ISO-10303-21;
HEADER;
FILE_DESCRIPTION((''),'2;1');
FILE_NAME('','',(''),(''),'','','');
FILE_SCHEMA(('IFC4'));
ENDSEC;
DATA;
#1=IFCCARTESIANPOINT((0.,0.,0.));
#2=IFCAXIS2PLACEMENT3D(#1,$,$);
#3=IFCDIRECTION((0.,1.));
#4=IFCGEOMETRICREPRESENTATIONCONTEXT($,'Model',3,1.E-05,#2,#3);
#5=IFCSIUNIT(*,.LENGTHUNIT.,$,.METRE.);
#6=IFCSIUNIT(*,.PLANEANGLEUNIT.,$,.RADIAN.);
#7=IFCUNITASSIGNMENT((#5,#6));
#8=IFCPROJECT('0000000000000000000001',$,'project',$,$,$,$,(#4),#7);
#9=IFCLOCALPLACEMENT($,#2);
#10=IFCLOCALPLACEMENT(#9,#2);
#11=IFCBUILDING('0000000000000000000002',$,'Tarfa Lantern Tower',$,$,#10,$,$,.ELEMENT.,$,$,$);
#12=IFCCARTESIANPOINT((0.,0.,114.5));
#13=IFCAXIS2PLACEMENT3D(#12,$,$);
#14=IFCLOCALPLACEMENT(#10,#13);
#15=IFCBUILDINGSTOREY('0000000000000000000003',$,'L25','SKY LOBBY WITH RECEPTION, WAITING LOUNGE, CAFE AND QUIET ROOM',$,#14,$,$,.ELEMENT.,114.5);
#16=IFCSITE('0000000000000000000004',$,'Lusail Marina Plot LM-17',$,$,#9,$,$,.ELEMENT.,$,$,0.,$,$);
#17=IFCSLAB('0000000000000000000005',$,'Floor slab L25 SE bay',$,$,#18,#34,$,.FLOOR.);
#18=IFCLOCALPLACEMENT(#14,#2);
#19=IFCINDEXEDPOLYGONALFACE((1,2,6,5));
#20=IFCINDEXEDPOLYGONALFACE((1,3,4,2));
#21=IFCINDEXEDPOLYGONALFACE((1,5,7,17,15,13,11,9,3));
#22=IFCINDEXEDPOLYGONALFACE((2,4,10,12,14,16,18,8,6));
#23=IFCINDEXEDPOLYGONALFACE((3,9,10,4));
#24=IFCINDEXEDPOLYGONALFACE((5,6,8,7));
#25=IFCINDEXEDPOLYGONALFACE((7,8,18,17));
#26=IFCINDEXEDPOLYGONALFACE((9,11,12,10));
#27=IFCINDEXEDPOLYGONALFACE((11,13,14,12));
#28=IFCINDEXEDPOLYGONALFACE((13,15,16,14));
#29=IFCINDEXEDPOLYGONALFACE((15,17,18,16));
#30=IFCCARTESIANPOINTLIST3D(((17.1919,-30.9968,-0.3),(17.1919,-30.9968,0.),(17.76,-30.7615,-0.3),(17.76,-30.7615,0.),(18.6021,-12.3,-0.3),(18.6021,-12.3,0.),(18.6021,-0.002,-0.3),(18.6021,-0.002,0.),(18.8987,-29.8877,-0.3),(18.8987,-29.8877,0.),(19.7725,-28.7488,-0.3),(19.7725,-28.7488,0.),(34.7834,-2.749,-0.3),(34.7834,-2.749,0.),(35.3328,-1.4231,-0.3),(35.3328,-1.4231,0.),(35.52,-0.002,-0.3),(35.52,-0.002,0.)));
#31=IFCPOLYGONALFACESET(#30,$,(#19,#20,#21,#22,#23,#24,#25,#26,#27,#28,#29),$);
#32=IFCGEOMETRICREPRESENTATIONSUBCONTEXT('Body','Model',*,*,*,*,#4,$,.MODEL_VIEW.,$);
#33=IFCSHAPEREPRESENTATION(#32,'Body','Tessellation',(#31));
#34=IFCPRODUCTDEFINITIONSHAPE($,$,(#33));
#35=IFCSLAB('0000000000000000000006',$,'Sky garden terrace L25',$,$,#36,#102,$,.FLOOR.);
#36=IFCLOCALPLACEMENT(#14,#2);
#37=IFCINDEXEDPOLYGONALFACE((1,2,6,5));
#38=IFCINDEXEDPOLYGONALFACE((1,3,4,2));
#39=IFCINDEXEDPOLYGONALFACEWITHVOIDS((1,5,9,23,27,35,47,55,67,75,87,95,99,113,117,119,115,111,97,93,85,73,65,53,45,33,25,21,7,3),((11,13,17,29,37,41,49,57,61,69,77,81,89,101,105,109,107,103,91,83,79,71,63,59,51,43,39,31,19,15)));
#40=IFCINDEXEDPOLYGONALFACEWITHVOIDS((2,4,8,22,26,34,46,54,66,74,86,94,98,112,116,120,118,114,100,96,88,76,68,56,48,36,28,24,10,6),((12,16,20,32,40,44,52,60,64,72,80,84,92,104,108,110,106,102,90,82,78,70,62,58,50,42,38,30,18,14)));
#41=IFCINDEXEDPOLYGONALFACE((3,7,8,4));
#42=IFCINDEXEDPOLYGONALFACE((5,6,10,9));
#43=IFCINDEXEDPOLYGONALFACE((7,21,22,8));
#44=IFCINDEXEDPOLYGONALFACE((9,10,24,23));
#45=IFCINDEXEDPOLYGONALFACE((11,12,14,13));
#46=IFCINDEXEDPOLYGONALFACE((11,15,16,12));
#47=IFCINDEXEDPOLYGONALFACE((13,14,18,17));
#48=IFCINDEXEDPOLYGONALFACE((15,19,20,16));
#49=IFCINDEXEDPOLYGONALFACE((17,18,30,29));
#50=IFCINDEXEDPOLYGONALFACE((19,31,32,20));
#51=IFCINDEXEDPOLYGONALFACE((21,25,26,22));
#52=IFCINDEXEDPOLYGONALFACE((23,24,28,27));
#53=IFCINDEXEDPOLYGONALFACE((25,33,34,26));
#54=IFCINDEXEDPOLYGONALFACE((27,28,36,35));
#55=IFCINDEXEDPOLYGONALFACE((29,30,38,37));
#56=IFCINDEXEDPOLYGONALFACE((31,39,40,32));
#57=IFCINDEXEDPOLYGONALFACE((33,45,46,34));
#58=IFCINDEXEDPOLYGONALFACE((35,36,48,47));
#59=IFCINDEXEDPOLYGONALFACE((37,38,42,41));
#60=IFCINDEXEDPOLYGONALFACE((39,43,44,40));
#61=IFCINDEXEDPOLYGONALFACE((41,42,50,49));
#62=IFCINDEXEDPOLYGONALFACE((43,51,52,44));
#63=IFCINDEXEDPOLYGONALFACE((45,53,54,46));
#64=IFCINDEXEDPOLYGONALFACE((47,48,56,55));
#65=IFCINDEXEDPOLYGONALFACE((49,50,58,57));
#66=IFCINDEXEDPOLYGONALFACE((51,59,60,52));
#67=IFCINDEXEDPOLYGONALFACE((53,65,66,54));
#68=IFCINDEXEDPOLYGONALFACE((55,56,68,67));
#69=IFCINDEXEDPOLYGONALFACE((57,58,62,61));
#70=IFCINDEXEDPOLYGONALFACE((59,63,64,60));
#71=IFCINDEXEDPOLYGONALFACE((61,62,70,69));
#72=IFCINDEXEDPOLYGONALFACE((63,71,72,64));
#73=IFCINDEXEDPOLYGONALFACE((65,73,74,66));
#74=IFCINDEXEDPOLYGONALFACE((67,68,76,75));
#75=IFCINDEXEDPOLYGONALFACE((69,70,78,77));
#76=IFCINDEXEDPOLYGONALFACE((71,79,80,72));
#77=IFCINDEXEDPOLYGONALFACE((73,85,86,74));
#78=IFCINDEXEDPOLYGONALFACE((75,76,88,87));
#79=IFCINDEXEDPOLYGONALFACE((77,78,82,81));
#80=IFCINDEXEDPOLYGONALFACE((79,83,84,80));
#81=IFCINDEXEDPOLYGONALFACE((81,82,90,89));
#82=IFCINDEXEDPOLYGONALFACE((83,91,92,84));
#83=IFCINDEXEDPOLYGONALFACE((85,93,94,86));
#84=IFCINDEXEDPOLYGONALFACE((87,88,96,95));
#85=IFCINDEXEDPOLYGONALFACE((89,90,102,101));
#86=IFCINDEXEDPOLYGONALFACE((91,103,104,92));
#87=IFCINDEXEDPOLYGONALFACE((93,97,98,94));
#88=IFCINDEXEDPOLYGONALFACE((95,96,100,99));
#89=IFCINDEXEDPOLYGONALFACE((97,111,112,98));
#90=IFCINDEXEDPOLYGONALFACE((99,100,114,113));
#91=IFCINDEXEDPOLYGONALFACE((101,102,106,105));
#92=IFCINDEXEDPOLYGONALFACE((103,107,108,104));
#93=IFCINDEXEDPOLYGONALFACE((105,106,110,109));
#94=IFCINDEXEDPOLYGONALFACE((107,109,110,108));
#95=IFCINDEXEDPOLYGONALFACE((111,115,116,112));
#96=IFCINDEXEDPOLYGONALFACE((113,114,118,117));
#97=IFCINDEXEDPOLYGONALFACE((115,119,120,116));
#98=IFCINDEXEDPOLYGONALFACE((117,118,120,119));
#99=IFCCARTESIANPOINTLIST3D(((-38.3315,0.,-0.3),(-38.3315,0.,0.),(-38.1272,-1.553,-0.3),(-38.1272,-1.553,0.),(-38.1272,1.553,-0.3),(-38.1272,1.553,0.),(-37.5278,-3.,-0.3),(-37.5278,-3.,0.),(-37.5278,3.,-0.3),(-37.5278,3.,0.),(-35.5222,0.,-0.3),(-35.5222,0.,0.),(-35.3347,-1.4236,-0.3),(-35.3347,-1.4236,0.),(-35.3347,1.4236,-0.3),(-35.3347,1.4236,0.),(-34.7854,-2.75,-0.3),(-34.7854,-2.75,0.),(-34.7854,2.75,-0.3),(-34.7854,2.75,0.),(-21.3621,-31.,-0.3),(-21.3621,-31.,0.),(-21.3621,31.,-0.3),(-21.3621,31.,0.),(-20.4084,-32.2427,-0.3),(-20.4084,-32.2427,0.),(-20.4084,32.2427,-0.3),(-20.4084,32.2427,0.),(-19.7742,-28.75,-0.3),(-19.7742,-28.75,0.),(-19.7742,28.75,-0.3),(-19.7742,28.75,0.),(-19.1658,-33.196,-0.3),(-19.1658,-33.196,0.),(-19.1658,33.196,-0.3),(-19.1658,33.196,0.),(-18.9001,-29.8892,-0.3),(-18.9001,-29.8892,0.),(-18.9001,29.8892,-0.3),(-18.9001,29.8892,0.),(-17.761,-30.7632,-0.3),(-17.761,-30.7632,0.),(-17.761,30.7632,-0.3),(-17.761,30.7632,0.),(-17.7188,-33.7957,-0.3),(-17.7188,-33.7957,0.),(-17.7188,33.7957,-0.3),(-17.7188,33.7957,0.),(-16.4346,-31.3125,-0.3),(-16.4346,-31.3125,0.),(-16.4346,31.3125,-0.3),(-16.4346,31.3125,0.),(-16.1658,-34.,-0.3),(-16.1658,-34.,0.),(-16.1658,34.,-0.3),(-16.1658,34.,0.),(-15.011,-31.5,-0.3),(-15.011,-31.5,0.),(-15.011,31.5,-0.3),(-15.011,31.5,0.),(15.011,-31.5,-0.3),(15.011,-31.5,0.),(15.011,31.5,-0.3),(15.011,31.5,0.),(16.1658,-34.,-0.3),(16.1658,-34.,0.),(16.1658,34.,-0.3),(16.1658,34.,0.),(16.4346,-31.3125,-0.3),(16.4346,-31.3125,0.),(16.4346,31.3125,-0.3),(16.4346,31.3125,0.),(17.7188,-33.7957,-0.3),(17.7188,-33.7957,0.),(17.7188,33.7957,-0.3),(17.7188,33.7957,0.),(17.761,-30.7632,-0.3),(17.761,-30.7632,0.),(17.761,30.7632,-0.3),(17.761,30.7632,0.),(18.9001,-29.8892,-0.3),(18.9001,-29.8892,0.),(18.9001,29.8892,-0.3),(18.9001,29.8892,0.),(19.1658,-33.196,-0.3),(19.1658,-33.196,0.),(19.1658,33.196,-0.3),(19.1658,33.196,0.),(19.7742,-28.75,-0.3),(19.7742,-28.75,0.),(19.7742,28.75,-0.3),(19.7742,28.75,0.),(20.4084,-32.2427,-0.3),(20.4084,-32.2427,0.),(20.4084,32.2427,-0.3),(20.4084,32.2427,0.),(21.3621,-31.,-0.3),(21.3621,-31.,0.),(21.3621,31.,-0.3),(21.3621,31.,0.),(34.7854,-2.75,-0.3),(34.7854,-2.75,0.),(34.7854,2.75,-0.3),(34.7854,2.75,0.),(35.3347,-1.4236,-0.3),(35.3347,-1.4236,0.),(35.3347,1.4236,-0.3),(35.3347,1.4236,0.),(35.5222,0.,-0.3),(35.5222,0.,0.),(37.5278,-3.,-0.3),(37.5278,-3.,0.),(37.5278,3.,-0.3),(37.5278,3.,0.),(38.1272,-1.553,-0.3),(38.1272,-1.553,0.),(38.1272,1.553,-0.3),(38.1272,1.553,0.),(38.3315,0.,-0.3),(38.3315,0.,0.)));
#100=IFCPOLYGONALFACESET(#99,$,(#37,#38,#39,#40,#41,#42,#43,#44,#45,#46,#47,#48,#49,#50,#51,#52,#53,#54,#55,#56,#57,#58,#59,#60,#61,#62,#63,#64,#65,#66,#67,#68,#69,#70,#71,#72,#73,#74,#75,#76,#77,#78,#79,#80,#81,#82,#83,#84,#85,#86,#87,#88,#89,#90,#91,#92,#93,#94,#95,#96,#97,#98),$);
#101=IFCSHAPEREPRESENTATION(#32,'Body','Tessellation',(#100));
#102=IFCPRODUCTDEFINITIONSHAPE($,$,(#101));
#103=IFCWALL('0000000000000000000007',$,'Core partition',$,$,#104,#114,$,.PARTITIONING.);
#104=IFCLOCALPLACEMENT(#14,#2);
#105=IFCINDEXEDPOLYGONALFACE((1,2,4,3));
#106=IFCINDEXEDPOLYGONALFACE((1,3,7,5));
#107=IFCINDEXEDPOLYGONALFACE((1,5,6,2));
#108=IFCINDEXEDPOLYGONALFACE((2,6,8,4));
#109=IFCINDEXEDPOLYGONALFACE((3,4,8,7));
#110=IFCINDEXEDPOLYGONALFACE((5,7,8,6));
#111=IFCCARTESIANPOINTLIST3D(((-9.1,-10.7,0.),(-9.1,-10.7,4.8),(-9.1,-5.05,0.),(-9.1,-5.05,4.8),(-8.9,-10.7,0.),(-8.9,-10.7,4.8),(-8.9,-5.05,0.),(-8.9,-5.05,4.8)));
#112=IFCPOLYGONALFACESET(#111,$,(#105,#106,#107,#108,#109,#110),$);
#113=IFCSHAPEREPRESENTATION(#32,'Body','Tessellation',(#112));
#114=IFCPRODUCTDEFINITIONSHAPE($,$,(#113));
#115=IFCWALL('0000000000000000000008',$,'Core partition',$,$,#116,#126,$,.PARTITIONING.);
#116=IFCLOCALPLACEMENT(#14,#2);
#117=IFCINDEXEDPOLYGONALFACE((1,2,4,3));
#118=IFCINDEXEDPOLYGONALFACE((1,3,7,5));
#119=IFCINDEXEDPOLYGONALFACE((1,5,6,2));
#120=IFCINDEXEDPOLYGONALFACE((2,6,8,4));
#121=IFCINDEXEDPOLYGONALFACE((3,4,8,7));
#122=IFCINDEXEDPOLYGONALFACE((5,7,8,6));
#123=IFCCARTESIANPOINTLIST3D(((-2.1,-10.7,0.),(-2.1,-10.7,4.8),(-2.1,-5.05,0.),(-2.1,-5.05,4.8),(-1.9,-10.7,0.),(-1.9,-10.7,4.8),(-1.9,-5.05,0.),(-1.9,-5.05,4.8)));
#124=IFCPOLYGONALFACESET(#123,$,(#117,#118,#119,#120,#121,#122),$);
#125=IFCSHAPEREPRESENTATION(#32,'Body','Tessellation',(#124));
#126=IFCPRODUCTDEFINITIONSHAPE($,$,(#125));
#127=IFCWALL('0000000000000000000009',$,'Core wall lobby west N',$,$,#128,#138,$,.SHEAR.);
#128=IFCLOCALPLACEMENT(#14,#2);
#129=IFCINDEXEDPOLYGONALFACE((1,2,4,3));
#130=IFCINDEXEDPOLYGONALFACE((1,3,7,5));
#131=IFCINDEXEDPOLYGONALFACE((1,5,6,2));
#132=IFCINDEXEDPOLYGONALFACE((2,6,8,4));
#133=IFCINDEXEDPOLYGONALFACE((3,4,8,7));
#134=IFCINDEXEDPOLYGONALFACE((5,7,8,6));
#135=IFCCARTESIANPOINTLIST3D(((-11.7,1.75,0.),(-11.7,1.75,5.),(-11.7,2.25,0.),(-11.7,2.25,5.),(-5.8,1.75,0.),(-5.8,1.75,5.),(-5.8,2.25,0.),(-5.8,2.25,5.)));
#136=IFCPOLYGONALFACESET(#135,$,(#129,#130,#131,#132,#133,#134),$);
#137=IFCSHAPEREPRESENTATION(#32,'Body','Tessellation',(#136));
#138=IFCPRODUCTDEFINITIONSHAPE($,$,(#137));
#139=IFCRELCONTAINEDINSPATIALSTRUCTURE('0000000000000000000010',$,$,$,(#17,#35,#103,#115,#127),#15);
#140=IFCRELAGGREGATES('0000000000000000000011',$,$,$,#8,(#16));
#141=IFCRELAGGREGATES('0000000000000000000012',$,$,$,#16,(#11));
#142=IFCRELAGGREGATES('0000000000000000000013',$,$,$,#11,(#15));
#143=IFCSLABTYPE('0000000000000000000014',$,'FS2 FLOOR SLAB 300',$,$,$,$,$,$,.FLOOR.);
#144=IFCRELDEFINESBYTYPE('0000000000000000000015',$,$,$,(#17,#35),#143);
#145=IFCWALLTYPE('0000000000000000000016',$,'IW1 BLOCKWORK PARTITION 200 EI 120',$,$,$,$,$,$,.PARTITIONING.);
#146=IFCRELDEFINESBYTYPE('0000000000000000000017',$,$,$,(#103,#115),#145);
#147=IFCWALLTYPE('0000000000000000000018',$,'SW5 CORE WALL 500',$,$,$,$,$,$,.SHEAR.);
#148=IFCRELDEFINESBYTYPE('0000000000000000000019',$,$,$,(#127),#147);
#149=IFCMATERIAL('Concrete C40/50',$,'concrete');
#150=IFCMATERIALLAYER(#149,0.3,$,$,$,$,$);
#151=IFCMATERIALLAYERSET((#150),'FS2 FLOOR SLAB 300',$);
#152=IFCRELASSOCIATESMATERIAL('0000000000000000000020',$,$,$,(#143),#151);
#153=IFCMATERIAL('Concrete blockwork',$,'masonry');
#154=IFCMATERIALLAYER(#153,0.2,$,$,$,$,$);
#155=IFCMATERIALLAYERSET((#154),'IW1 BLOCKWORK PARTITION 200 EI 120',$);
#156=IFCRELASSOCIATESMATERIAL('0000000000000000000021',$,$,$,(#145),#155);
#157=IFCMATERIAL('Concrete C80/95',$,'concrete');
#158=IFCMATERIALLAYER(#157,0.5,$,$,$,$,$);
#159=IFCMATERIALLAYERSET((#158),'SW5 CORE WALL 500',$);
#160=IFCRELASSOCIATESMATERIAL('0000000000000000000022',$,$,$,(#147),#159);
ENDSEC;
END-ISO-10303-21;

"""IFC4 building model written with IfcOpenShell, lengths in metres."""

from ifc_helpers import new_model, si_unit, direction, frame, frame_2d, origin, place, context, subcontext, project, spatial, polyline, rectangle, outline, extrude, material, layer, layer_set, type_object, element, save


model = new_model("IFC4")

# Units and contexts
model_context = context("Model", 3, precision=1e-05, world=origin(), true_north=direction((0.0, 1.0)))
body_context = subcontext(model_context, "Body", "Model", "MODEL_VIEW")
ifc_project = project(units=[si_unit("LENGTHUNIT", "METRE"), si_unit("PLANEANGLEUNIT", "RADIAN")], contexts=[model_context])

# Site, building, storey
site_placement = place(None, origin())
site = spatial("IfcSite", under=ifc_project, at=site_placement, Name="Lusail Marina Plot LM-17", CompositionType="ELEMENT", RefElevation=0.0)
building_placement = place(site_placement, origin())
building = spatial("IfcBuilding", under=site, at=building_placement, Name="Tarfa Lantern Tower", CompositionType="ELEMENT")
storey_placement = place(building_placement, frame((0.0, 0.0, 114.5)))
storey = spatial("IfcBuildingStorey", under=building, at=storey_placement, Name="L25", Description="SKY LOBBY WITH RECEPTION, WAITING LOUNGE, CAFE AND QUIET ROOM", CompositionType="ELEMENT", Elevation=114.5)

# Slabs
ifc_material_1 = material(Name="Concrete C40/50", Category="concrete")
ifc_layer_1 = layer(ifc_material_1, 0.3)
ifc_layer_set_1 = layer_set([ifc_layer_1], Name="FS2 FLOOR SLAB 300")
slab_type = type_object("IfcSlabType", Name="FS2 FLOOR SLAB 300", PredefinedType="FLOOR", material=ifc_layer_set_1)
slab_1_placement = place(storey_placement, frame((0.0, 0.0, -0.3)))
element("IfcSlab", 1, at=slab_1_placement, inside=storey, type_object=slab_type, Name="Floor slab L25 SE bay", PredefinedType="FLOOR", context=body_context, shape_type="SweptSolid", body=[
    extrude(outline(polyline([(18.6021, -0.002), (18.6021, -12.3), (17.1919, -30.9968), (17.76, -30.7615), (18.8987, -29.8877), (19.7725, -28.7488), (34.7834, -2.749), (35.3328, -1.4231), (35.52, -0.002), (18.6021, -0.002)])), origin(), (0.0, 0.0, 1.0), 0.3),
])
slab_2_placement = place(storey_placement, frame((0.0, 0.0, -0.3)))
element("IfcSlab", 2, at=slab_2_placement, inside=storey, type_object=slab_type, Name="Sky garden terrace L25", PredefinedType="FLOOR", context=body_context, shape_type="SweptSolid", body=[
    extrude(outline(polyline([(37.5278, 3.0), (21.3621, 31.0), (20.4084, 32.2427), (19.1658, 33.196), (17.7188, 33.7957), (16.1658, 34.0), (-16.1658, 34.0), (-17.7188, 33.7957), (-19.1658, 33.196), (-20.4084, 32.2427), (-21.3621, 31.0), (-37.5278, 3.0), (-38.1272, 1.553), (-38.3315, 0.0), (-38.1272, -1.553), (-37.5278, -3.0), (-21.3621, -31.0), (-20.4084, -32.2427), (-19.1658, -33.196), (-17.7188, -33.7957), (-16.1658, -34.0), (16.1658, -34.0), (17.7188, -33.7957), (19.1658, -33.196), (20.4084, -32.2427), (21.3621, -31.0), (37.5278, -3.0), (38.1272, -1.553), (38.3315, 0.0), (38.1272, 1.553), (37.5278, 3.0)]), holes=[polyline([(34.7854, 2.75), (19.7742, 28.75), (18.9001, 29.8892), (17.761, 30.7632), (16.4346, 31.3125), (15.011, 31.5), (-15.011, 31.5), (-16.4346, 31.3125), (-17.761, 30.7632), (-18.9001, 29.8892), (-19.7742, 28.75), (-34.7854, 2.75), (-35.3347, 1.4236), (-35.5222, 0.0), (-35.3347, -1.4236), (-34.7854, -2.75), (-19.7742, -28.75), (-18.9001, -29.8892), (-17.761, -30.7632), (-16.4346, -31.3125), (-15.011, -31.5), (15.011, -31.5), (16.4346, -31.3125), (17.761, -30.7632), (18.9001, -29.8892), (19.7742, -28.75), (34.7854, -2.75), (35.3347, -1.4236), (35.5222, 0.0), (35.3347, 1.4236), (34.7854, 2.75)])]), origin(), (0.0, 0.0, 1.0), 0.3),
])

# Walls
ifc_material_2 = material(Name="Concrete blockwork", Category="masonry")
ifc_layer_2 = layer(ifc_material_2, 0.2)
ifc_layer_set_2 = layer_set([ifc_layer_2], Name="IW1 BLOCKWORK PARTITION 200 EI 120")
wall_type_1 = type_object("IfcWallType", Name="IW1 BLOCKWORK PARTITION 200 EI 120", PredefinedType="PARTITIONING", material=ifc_layer_set_2)
for number, where, z_axis, x_axis, name in (
    (3, (-9.0, -5.05, 0.0), (0.0, 0.0, 1.0), (0.0, -1.0, 0.0), "Core partition"),
    (4, (-2.0, -5.05, 0.0), (0.0, 0.0, 1.0), (0.0, -1.0, 0.0), "Core partition"),
):
    element("IfcWall", number, at=place(storey_placement, frame(where, z_axis=z_axis, x_axis=x_axis)), inside=storey, type_object=wall_type_1, Name=name, PredefinedType="PARTITIONING", context=body_context, shape_type="SweptSolid", body=[
        extrude(rectangle(XDim=5.6499, YDim=0.2, at=frame_2d((2.825, 0.0))), origin(), (0.0, 0.0, 1.0), 4.8),
    ])
ifc_material_3 = material(Name="Concrete C80/95", Category="concrete")
ifc_layer_3 = layer(ifc_material_3, 0.5)
ifc_layer_set_3 = layer_set([ifc_layer_3], Name="SW5 CORE WALL 500")
wall_type_2 = type_object("IfcWallType", Name="SW5 CORE WALL 500", PredefinedType="SHEAR", material=ifc_layer_set_3)
wall_1_placement = place(storey_placement, frame((-11.7, 2.0, 0.0), z_axis=(0.0, 0.0, 1.0), x_axis=(1.0, 0.0, 0.0)))
element("IfcWall", 5, at=wall_1_placement, inside=storey, type_object=wall_type_2, Name="Core wall lobby west N", PredefinedType="SHEAR", context=body_context, shape_type="SweptSolid", body=[
    extrude(rectangle(XDim=5.8999, YDim=0.5, at=frame_2d((2.95, 0.0))), origin(), (0.0, 0.0, 1.0), 5.0),
])

save(model, "model.ifc")
